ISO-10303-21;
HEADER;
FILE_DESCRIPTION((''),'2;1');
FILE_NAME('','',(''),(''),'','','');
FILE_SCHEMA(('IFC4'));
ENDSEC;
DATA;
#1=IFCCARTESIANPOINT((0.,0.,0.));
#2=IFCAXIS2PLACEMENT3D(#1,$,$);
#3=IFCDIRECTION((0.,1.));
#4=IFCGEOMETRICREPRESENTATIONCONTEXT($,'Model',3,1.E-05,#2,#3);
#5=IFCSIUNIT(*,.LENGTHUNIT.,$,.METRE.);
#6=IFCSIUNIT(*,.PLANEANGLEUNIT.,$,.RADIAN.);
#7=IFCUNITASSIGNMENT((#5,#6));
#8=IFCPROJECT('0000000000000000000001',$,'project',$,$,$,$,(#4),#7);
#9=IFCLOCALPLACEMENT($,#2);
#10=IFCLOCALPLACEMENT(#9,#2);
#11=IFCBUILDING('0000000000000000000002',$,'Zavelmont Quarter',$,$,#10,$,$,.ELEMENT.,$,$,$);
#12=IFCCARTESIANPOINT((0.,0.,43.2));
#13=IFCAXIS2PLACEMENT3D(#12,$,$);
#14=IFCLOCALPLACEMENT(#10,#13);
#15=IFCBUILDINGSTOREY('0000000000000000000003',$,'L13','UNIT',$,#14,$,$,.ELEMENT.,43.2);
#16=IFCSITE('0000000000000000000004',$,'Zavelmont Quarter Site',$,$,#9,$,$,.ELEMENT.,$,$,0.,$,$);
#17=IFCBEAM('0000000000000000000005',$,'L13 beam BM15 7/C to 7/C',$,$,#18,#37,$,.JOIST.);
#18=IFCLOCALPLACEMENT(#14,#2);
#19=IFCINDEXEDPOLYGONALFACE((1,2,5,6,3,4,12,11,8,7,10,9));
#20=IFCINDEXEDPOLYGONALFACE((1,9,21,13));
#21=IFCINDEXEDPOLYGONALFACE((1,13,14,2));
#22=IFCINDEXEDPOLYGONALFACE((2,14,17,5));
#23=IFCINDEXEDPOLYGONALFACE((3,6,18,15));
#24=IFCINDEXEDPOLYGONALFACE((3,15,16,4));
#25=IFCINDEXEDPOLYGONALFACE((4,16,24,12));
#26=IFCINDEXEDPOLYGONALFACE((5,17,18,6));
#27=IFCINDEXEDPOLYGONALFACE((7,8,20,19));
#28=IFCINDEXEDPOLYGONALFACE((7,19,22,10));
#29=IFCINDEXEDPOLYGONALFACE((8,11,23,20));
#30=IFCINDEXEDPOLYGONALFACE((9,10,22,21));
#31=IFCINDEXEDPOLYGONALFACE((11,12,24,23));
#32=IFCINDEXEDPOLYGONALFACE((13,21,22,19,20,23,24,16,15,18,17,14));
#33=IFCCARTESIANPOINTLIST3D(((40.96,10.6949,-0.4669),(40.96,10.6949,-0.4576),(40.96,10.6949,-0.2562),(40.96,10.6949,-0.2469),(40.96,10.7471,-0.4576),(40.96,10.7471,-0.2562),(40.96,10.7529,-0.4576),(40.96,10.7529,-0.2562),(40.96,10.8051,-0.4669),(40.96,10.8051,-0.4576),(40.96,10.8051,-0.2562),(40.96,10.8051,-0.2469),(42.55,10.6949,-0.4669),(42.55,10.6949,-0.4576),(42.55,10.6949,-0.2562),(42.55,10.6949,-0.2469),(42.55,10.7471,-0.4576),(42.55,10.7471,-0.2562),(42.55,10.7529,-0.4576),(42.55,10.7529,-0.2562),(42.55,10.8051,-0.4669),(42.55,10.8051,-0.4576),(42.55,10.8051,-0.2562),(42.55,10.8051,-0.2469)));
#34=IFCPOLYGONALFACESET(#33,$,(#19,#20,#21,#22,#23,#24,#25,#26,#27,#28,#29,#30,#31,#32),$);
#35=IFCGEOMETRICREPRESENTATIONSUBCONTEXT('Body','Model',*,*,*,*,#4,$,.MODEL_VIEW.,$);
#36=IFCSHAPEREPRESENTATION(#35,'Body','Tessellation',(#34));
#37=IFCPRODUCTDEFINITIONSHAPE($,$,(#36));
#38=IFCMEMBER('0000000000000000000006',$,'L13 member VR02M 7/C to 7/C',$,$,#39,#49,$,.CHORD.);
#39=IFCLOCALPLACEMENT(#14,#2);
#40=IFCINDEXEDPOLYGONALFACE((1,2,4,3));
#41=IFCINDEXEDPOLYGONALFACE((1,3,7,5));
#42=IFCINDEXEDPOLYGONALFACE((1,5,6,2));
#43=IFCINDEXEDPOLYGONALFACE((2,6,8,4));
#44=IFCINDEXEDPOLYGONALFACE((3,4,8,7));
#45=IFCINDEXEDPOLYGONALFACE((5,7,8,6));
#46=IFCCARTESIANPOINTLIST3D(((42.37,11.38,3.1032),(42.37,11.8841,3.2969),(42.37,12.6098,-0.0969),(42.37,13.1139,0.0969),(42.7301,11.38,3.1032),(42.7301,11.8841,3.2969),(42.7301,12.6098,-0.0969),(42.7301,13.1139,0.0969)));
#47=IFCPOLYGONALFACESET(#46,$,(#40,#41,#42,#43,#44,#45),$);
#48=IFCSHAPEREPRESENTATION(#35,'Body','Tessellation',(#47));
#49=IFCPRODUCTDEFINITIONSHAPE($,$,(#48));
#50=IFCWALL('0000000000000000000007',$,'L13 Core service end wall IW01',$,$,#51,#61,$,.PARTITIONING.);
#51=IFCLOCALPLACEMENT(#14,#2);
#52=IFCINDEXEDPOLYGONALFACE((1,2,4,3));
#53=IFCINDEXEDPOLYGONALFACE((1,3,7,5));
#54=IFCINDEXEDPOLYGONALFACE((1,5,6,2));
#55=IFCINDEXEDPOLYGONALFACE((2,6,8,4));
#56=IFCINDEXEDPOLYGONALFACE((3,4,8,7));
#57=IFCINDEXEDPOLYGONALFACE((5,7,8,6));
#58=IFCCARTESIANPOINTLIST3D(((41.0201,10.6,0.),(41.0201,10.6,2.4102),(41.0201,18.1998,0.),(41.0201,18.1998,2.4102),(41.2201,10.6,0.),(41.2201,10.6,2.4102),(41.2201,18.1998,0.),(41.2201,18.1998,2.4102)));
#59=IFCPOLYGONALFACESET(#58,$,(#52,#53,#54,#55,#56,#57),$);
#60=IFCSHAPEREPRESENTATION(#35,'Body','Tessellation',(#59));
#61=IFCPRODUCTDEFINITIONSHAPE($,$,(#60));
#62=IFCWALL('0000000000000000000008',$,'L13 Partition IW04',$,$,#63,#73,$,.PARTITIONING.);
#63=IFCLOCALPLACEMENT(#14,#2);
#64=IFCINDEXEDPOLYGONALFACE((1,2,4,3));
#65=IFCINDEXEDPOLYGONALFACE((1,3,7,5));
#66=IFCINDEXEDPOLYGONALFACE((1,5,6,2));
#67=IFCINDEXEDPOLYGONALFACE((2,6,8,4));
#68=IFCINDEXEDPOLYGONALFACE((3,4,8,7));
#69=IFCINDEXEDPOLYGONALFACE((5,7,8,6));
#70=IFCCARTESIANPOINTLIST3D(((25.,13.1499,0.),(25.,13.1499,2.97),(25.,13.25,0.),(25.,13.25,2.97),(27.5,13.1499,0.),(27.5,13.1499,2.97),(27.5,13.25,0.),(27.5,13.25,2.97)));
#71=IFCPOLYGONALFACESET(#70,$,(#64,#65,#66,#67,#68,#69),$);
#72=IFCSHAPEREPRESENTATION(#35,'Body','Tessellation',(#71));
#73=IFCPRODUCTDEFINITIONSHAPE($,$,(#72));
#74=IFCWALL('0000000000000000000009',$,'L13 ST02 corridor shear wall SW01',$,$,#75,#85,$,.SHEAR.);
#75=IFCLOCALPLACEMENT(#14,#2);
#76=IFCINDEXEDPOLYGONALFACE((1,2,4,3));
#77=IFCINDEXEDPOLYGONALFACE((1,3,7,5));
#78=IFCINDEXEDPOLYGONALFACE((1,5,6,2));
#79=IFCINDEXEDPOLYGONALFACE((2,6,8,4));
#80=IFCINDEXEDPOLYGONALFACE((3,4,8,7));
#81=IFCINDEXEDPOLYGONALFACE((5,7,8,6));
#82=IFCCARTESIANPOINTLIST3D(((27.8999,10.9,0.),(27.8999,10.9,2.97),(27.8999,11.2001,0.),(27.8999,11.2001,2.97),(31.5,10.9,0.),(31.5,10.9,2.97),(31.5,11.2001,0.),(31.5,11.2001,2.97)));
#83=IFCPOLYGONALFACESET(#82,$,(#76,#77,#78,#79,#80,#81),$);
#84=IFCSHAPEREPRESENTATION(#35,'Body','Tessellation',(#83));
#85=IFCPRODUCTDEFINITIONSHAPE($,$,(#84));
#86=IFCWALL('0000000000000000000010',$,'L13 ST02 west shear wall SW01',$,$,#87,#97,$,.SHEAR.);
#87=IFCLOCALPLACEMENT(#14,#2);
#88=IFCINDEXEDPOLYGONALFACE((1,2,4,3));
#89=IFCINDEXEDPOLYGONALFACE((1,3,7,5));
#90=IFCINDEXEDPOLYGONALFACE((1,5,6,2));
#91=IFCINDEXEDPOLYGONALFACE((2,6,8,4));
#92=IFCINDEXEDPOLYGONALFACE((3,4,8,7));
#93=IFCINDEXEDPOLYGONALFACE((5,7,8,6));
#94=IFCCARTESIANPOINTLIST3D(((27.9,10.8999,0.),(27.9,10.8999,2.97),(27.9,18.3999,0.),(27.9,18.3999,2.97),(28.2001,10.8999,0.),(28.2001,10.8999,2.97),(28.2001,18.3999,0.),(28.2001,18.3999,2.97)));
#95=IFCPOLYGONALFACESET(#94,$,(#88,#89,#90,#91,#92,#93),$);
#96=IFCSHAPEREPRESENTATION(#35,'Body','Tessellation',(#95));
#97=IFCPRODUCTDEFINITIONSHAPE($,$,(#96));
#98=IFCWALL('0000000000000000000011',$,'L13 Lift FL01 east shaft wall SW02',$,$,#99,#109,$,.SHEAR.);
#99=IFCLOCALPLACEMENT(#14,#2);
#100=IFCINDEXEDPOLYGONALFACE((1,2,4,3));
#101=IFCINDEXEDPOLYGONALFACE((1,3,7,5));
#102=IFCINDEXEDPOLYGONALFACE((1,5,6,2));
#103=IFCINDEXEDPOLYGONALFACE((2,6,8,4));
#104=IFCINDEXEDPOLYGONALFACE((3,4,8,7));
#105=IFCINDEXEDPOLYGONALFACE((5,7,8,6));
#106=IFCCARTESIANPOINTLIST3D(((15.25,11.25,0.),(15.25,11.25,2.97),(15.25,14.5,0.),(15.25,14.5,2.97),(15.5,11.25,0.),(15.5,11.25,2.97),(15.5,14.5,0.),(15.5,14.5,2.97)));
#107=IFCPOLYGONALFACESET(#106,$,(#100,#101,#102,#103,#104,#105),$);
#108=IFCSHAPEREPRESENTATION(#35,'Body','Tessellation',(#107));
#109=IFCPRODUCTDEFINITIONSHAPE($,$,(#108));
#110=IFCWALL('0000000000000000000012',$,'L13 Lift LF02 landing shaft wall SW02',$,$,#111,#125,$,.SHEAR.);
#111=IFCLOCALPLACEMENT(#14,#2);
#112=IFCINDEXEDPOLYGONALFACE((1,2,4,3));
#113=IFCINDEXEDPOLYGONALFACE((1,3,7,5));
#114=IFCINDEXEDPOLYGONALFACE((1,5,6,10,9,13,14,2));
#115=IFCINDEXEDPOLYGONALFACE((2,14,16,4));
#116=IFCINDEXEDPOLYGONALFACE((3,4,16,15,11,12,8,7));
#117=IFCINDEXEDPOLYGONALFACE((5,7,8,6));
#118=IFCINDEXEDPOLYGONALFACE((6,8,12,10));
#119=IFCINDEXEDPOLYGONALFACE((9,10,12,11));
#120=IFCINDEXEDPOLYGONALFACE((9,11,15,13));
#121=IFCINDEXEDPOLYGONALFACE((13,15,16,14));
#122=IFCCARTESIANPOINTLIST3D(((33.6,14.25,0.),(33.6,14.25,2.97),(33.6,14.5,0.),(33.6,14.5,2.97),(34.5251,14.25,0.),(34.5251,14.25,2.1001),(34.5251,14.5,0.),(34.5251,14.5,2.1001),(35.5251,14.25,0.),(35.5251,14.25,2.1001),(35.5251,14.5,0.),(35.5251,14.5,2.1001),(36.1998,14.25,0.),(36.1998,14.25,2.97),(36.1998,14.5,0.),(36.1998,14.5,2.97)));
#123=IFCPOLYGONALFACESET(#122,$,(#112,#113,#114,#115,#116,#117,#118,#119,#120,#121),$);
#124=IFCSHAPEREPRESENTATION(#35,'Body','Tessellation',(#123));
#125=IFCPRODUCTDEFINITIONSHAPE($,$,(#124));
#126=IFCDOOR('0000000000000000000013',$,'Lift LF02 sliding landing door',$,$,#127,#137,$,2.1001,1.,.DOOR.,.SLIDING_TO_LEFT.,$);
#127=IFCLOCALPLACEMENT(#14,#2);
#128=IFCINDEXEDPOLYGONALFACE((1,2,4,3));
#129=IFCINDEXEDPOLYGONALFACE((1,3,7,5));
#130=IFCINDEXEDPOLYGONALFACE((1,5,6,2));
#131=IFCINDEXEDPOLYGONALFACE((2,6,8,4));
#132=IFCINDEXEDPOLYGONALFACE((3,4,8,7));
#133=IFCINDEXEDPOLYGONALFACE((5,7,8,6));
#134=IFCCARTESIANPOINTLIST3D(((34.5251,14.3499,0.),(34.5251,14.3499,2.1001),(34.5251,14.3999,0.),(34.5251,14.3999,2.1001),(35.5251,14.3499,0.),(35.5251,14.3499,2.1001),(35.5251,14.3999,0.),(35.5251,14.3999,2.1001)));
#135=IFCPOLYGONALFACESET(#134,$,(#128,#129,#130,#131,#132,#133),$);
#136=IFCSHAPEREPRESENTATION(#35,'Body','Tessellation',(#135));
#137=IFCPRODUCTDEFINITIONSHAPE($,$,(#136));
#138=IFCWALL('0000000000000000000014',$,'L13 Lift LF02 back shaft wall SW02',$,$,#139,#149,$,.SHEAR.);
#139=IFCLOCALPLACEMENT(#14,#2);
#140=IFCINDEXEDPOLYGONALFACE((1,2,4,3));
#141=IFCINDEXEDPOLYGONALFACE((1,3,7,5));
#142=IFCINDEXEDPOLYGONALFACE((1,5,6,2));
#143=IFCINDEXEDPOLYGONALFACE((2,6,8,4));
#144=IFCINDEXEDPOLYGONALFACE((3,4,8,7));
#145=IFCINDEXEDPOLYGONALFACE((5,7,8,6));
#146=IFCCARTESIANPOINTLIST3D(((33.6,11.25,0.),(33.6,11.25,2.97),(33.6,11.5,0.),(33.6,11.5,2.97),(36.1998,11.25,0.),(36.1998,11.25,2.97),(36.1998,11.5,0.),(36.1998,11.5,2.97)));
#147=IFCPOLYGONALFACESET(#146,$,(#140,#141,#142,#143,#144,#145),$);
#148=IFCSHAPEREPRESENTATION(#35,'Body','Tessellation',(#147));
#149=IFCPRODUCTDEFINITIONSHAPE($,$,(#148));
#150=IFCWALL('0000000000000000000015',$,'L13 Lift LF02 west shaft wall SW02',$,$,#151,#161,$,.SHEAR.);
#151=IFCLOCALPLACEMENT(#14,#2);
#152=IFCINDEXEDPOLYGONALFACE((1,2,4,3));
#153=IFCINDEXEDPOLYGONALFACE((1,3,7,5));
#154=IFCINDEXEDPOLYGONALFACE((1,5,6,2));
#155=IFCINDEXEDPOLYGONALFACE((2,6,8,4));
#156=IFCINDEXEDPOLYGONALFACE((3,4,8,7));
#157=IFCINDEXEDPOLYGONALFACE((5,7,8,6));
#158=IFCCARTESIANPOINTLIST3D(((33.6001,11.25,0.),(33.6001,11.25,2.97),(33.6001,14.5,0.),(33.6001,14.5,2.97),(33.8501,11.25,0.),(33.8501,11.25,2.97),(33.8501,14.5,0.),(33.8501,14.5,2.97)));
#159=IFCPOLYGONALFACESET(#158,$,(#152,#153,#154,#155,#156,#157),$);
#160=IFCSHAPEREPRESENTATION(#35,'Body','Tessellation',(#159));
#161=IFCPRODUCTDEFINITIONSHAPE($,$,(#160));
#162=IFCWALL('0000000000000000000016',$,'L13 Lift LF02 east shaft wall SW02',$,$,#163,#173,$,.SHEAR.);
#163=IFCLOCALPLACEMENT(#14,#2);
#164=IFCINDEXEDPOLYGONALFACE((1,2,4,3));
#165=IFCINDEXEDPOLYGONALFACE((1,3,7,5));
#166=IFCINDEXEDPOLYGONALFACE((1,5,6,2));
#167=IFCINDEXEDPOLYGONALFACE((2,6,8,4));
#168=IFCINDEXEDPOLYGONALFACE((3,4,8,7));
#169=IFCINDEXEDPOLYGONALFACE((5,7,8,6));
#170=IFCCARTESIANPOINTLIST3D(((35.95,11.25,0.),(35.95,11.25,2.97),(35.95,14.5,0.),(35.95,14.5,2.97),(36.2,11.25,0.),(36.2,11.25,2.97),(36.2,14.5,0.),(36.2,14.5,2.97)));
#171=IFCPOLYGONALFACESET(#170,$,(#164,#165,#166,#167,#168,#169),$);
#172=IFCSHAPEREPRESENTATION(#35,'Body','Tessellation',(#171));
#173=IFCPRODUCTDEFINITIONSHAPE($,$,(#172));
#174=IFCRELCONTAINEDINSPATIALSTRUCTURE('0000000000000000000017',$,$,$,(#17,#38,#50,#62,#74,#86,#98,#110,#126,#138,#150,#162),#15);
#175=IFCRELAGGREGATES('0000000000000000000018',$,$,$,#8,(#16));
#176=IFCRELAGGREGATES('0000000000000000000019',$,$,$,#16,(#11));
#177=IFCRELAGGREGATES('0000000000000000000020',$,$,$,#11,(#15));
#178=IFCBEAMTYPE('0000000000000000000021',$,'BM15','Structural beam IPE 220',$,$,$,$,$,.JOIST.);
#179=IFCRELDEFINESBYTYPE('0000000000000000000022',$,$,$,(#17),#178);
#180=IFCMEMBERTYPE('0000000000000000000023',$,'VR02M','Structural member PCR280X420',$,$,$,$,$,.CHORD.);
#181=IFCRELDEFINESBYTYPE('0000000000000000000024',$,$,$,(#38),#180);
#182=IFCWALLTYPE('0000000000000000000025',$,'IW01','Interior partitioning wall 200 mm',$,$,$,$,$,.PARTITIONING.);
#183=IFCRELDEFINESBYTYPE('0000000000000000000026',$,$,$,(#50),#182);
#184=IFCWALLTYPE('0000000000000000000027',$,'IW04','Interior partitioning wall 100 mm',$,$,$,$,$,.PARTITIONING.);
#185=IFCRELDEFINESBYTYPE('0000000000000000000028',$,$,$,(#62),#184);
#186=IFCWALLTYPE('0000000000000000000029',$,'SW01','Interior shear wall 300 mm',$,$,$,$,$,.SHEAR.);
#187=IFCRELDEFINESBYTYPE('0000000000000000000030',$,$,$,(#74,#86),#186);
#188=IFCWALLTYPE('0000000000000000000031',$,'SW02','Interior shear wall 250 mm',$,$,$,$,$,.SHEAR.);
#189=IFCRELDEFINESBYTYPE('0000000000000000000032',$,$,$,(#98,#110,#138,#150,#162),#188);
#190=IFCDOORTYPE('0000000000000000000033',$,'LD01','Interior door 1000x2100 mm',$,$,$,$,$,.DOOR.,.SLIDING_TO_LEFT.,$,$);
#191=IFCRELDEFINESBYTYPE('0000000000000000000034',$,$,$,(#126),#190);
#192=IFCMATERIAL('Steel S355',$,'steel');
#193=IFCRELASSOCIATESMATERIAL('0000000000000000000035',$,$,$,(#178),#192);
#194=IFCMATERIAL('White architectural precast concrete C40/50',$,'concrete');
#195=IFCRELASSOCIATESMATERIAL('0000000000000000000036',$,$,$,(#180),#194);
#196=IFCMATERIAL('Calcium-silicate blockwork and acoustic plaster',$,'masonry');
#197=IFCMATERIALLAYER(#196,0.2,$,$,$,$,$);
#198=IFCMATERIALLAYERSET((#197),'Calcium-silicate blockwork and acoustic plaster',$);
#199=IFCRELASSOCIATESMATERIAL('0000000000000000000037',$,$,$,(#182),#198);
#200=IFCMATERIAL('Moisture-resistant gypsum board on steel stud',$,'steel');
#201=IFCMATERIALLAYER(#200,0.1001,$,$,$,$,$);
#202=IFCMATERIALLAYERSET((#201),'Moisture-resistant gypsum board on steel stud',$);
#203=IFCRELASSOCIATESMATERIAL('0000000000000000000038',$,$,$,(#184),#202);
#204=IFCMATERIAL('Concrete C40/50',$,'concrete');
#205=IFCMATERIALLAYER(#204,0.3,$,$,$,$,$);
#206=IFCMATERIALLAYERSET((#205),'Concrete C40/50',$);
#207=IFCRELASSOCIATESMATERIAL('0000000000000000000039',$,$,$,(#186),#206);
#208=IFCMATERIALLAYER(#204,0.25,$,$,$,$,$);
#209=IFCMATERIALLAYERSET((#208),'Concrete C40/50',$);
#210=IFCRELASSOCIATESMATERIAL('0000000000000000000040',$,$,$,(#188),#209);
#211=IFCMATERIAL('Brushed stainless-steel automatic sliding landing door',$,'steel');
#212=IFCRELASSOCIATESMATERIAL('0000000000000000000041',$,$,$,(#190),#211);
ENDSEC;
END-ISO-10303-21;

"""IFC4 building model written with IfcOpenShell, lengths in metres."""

from ifc_helpers import new_model, si_unit, direction, frame, frame_2d, origin, origin_with_axes, origin_2d, place, context, subcontext, project, spatial, rectangle, i_section, extrude, material, layer, layer_set, material_profile, profile_set, type_object, element, fill, save


model = new_model("IFC4")

# Units and contexts
model_context = context("Model", 3, precision=1e-05, world=origin(), true_north=direction((0.0, 1.0)))
body_context = subcontext(model_context, "Body", "Model", "MODEL_VIEW")
ifc_project = project(units=[si_unit("LENGTHUNIT", "METRE"), si_unit("PLANEANGLEUNIT", "RADIAN")], contexts=[model_context])

# Site, building, storey
site_placement = place(None, origin())
site = spatial("IfcSite", under=ifc_project, at=site_placement, Name="Zavelmont Quarter Site", CompositionType="ELEMENT", RefElevation=0.0)
building_placement = place(site_placement, origin())
building = spatial("IfcBuilding", under=site, at=building_placement, Name="Zavelmont Quarter", CompositionType="ELEMENT")
storey_placement = place(building_placement, frame((0.0, 0.0, 43.2)))
storey = spatial("IfcBuildingStorey", under=building, at=storey_placement, Name="L13", Description="UNIT", CompositionType="ELEMENT", Elevation=43.2)

# Beam
ifc_material_1 = material(Name="Steel S355", Category="steel")
ifc_material_profile_1 = material_profile(ifc_material_1, i_section(OverallWidth=0.1101, OverallDepth=0.22, WebThickness=0.0059, FlangeThickness=0.0093, at=origin_2d()), Name="IPE 220")
ifc_profile_set_1 = profile_set([ifc_material_profile_1], Name="Steel S355")
beam_type = type_object("IfcBeamType", Name="BM15", Description="Structural beam IPE 220", PredefinedType="JOIST", material=ifc_profile_set_1)
beam_placement = place(storey_placement, frame((40.96, 10.75, -0.3569), z_axis=(1.0, 0.0, 0.0), x_axis=(0.0, 1.0, 0.0)))
element("IfcBeam", 1, at=beam_placement, inside=storey, type_object=beam_type, Name="L13 beam BM15 7/C to 7/C", PredefinedType="JOIST", context=body_context, shape_type="SweptSolid", body=[
    extrude(i_section(OverallWidth=0.1101, OverallDepth=0.22, WebThickness=0.0059, FlangeThickness=0.0093, at=origin_2d()), origin(), (0.0, 0.0, 1.0), 1.5901),
])

# Member
ifc_material_2 = material(Name="White architectural precast concrete C40/50", Category="concrete")
ifc_material_profile_2 = material_profile(ifc_material_2, rectangle(XDim=0.3601, YDim=0.54, at=origin_2d()), Name="PCR280X420")
ifc_profile_set_2 = profile_set([ifc_material_profile_2], Name="White architectural precast concrete C40/50")
member_type = type_object("IfcMemberType", Name="VR02M", Description="Structural member PCR280X420", PredefinedType="CHORD", material=ifc_profile_set_2)
member_placement = place(storey_placement, frame((42.55, 12.8618, 0.0), z_axis=(0.0, -0.358721, 0.933445), x_axis=(1.0, 0.0, 0.0)))
element("IfcMember", 2, at=member_placement, inside=storey, type_object=member_type, Name="L13 member VR02M 7/C to 7/C", PredefinedType="CHORD", context=body_context, shape_type="SweptSolid", body=[
    extrude(rectangle(XDim=0.3601, YDim=0.54, at=origin_2d()), origin(), (0.0, 0.0, 1.0), 3.4282),
])

# Wall
ifc_material_3 = material(Name="Calcium-silicate blockwork and acoustic plaster", Category="masonry")
ifc_layer_1 = layer(ifc_material_3, 0.2)
ifc_layer_set_1 = layer_set([ifc_layer_1], Name="Calcium-silicate blockwork and acoustic plaster")
wall_type_1 = type_object("IfcWallType", Name="IW01", Description="Interior partitioning wall 200 mm", PredefinedType="PARTITIONING", material=ifc_layer_set_1)
wall_1_placement = place(storey_placement, frame((41.1201, 10.6001, 0.0), z_axis=(0.0, 0.0, 1.0), x_axis=(0.0, 1.0, 0.0)))
element("IfcWall", 3, at=wall_1_placement, inside=storey, type_object=wall_type_1, Name="L13 Core service end wall IW01", PredefinedType="PARTITIONING", context=body_context, shape_type="SweptSolid", body=[
    extrude(rectangle(XDim=7.5999, YDim=0.2, at=frame_2d((3.7998, 0.0))), origin(), (0.0, 0.0, 1.0), 2.4102),
])

# Walls
ifc_material_4 = material(Name="Moisture-resistant gypsum board on steel stud", Category="steel")
ifc_layer_2 = layer(ifc_material_4, 0.1001)
ifc_layer_set_2 = layer_set([ifc_layer_2], Name="Moisture-resistant gypsum board on steel stud")
wall_type_2 = type_object("IfcWallType", Name="IW04", Description="Interior partitioning wall 100 mm", PredefinedType="PARTITIONING", material=ifc_layer_set_2)
wall_2_placement = place(storey_placement, frame((25.0, 13.2, 0.0), z_axis=(0.0, 0.0, 1.0), x_axis=(1.0, 0.0, 0.0)))
element("IfcWall", 4, at=wall_2_placement, inside=storey, type_object=wall_type_2, Name="L13 Partition IW04", PredefinedType="PARTITIONING", context=body_context, shape_type="SweptSolid", body=[
    extrude(rectangle(XDim=2.5, YDim=0.1001, at=frame_2d((1.25, 0.0))), origin(), (0.0, 0.0, 1.0), 2.97),
])
ifc_material_5 = material(Name="Concrete C40/50", Category="concrete")
ifc_layer_3 = layer(ifc_material_5, 0.3)
ifc_layer_set_3 = layer_set([ifc_layer_3], Name="Concrete C40/50")
wall_type_3 = type_object("IfcWallType", Name="SW01", Description="Interior shear wall 300 mm", PredefinedType="SHEAR", material=ifc_layer_set_3)
wall_3_placement = place(storey_placement, frame((27.8999, 11.05, 0.0), z_axis=(0.0, 0.0, 1.0), x_axis=(1.0, 0.0, 0.0)))
element("IfcWall", 5, at=wall_3_placement, inside=storey, type_object=wall_type_3, Name="L13 ST02 corridor shear wall SW01", PredefinedType="SHEAR", context=body_context, shape_type="SweptSolid", body=[
    extrude(rectangle(XDim=3.6001, YDim=0.3, at=frame_2d((1.8, 0.0))), origin(), (0.0, 0.0, 1.0), 2.97),
])
wall_4_placement = place(storey_placement, frame((28.05, 10.8999, 0.0), z_axis=(0.0, 0.0, 1.0), x_axis=(0.0, 1.0, 0.0)))
element("IfcWall", 6, at=wall_4_placement, inside=storey, type_object=wall_type_3, Name="L13 ST02 west shear wall SW01", PredefinedType="SHEAR", context=body_context, shape_type="SweptSolid", body=[
    extrude(rectangle(XDim=7.5, YDim=0.3, at=frame_2d((3.75, 0.0))), origin(), (0.0, 0.0, 1.0), 2.97),
])

# Wall
ifc_layer_4 = layer(ifc_material_5, 0.25)
ifc_layer_set_4 = layer_set([ifc_layer_4], Name="Concrete C40/50")
wall_type_4 = type_object("IfcWallType", Name="SW02", Description="Interior shear wall 250 mm", PredefinedType="SHEAR", material=ifc_layer_set_4)
wall_5_placement = place(storey_placement, frame((15.375, 11.25, 0.0), z_axis=(0.0, 0.0, 1.0), x_axis=(0.0, 1.0, 0.0)))
element("IfcWall", 7, at=wall_5_placement, inside=storey, type_object=wall_type_4, Name="L13 Lift FL01 east shaft wall SW02", PredefinedType="SHEAR", context=body_context, shape_type="SweptSolid", body=[
    extrude(rectangle(XDim=3.25, YDim=0.25, at=frame_2d((1.625, 0.0))), origin(), (0.0, 0.0, 1.0), 2.97),
])

# Wall, opening, door
wall_6_placement = place(storey_placement, frame((33.6001, 14.375, 0.0), z_axis=(0.0, 0.0, 1.0), x_axis=(1.0, 0.0, 0.0)))
wall_6 = element("IfcWall", 8, at=wall_6_placement, inside=storey, type_object=wall_type_4, Name="L13 Lift LF02 landing shaft wall SW02", PredefinedType="SHEAR", context=body_context, shape_type="SweptSolid", body=[
    extrude(rectangle(XDim=2.5999, YDim=0.25, at=frame_2d((1.2998, 0.0))), origin(), (0.0, 0.0, 1.0), 2.97),
])
opening_1_placement = place(wall_6_placement, frame((0.925, 0.0, 0.0)))
opening_1 = element("IfcOpeningElement", 9, at=opening_1_placement, cuts=wall_6, PredefinedType="OPENING", context=body_context, shape_type="SweptSolid", body=[
    extrude(rectangle(XDim=1.0, YDim=2.1001, at=frame_2d((0.5, 1.05))), frame((0.0, 0.137, 0.0), z_axis=(0.0, -1.0, 0.0), x_axis=(1.0, 0.0, 0.0)), (0.0, 0.0, 1.0), 0.2739),
])
ifc_material_6 = material(Name="Brushed stainless-steel automatic sliding landing door", Category="steel")
door_type_1 = type_object("IfcDoorType", Name="LD01", Description="Interior door 1000x2100 mm", OperationType="SLIDING_TO_LEFT", PredefinedType="DOOR", material=ifc_material_6)
door_1_placement = place(opening_1_placement, origin_with_axes())
door_1 = element("IfcDoor", 10, at=door_1_placement, inside=storey, type_object=door_type_1, Name="Lift LF02 sliding landing door", OperationType="SLIDING_TO_LEFT", OverallHeight=2.1001, OverallWidth=1.0, PredefinedType="DOOR", context=body_context, shape_type="SweptSolid", body=[
    extrude(rectangle(XDim=1.0, YDim=2.1001, at=frame_2d((0.5, 1.05))), frame((0.0, 0.0249, 0.0), z_axis=(0.0, -1.0, 0.0), x_axis=(1.0, 0.0, 0.0)), (0.0, 0.0, 1.0), 0.05),
])
fill(opening_1, door_1)

# Walls
wall_7_placement = place(storey_placement, frame((33.6001, 11.375, 0.0), z_axis=(0.0, 0.0, 1.0), x_axis=(1.0, 0.0, 0.0)))
element("IfcWall", 11, at=wall_7_placement, inside=storey, type_object=wall_type_4, Name="L13 Lift LF02 back shaft wall SW02", PredefinedType="SHEAR", context=body_context, shape_type="SweptSolid", body=[
    extrude(rectangle(XDim=2.5999, YDim=0.25, at=frame_2d((1.2998, 0.0))), origin(), (0.0, 0.0, 1.0), 2.97),
])
for number, where, z_axis, x_axis, name in (
    (12, (33.7251, 11.25, 0.0), (0.0, 0.0, 1.0), (0.0, 1.0, 0.0), "L13 Lift LF02 west shaft wall SW02"),
    (13, (36.075, 11.25, 0.0), (0.0, 0.0, 1.0), (0.0, 1.0, 0.0), "L13 Lift LF02 east shaft wall SW02"),
):
    element("IfcWall", number, at=place(storey_placement, frame(where, z_axis=z_axis, x_axis=x_axis)), inside=storey, type_object=wall_type_4, Name=name, PredefinedType="SHEAR", context=body_context, shape_type="SweptSolid", body=[
        extrude(rectangle(XDim=3.25, YDim=0.25, at=frame_2d((1.625, 0.0))), origin(), (0.0, 0.0, 1.0), 2.97),
    ])

save(model, "model.ifc")
